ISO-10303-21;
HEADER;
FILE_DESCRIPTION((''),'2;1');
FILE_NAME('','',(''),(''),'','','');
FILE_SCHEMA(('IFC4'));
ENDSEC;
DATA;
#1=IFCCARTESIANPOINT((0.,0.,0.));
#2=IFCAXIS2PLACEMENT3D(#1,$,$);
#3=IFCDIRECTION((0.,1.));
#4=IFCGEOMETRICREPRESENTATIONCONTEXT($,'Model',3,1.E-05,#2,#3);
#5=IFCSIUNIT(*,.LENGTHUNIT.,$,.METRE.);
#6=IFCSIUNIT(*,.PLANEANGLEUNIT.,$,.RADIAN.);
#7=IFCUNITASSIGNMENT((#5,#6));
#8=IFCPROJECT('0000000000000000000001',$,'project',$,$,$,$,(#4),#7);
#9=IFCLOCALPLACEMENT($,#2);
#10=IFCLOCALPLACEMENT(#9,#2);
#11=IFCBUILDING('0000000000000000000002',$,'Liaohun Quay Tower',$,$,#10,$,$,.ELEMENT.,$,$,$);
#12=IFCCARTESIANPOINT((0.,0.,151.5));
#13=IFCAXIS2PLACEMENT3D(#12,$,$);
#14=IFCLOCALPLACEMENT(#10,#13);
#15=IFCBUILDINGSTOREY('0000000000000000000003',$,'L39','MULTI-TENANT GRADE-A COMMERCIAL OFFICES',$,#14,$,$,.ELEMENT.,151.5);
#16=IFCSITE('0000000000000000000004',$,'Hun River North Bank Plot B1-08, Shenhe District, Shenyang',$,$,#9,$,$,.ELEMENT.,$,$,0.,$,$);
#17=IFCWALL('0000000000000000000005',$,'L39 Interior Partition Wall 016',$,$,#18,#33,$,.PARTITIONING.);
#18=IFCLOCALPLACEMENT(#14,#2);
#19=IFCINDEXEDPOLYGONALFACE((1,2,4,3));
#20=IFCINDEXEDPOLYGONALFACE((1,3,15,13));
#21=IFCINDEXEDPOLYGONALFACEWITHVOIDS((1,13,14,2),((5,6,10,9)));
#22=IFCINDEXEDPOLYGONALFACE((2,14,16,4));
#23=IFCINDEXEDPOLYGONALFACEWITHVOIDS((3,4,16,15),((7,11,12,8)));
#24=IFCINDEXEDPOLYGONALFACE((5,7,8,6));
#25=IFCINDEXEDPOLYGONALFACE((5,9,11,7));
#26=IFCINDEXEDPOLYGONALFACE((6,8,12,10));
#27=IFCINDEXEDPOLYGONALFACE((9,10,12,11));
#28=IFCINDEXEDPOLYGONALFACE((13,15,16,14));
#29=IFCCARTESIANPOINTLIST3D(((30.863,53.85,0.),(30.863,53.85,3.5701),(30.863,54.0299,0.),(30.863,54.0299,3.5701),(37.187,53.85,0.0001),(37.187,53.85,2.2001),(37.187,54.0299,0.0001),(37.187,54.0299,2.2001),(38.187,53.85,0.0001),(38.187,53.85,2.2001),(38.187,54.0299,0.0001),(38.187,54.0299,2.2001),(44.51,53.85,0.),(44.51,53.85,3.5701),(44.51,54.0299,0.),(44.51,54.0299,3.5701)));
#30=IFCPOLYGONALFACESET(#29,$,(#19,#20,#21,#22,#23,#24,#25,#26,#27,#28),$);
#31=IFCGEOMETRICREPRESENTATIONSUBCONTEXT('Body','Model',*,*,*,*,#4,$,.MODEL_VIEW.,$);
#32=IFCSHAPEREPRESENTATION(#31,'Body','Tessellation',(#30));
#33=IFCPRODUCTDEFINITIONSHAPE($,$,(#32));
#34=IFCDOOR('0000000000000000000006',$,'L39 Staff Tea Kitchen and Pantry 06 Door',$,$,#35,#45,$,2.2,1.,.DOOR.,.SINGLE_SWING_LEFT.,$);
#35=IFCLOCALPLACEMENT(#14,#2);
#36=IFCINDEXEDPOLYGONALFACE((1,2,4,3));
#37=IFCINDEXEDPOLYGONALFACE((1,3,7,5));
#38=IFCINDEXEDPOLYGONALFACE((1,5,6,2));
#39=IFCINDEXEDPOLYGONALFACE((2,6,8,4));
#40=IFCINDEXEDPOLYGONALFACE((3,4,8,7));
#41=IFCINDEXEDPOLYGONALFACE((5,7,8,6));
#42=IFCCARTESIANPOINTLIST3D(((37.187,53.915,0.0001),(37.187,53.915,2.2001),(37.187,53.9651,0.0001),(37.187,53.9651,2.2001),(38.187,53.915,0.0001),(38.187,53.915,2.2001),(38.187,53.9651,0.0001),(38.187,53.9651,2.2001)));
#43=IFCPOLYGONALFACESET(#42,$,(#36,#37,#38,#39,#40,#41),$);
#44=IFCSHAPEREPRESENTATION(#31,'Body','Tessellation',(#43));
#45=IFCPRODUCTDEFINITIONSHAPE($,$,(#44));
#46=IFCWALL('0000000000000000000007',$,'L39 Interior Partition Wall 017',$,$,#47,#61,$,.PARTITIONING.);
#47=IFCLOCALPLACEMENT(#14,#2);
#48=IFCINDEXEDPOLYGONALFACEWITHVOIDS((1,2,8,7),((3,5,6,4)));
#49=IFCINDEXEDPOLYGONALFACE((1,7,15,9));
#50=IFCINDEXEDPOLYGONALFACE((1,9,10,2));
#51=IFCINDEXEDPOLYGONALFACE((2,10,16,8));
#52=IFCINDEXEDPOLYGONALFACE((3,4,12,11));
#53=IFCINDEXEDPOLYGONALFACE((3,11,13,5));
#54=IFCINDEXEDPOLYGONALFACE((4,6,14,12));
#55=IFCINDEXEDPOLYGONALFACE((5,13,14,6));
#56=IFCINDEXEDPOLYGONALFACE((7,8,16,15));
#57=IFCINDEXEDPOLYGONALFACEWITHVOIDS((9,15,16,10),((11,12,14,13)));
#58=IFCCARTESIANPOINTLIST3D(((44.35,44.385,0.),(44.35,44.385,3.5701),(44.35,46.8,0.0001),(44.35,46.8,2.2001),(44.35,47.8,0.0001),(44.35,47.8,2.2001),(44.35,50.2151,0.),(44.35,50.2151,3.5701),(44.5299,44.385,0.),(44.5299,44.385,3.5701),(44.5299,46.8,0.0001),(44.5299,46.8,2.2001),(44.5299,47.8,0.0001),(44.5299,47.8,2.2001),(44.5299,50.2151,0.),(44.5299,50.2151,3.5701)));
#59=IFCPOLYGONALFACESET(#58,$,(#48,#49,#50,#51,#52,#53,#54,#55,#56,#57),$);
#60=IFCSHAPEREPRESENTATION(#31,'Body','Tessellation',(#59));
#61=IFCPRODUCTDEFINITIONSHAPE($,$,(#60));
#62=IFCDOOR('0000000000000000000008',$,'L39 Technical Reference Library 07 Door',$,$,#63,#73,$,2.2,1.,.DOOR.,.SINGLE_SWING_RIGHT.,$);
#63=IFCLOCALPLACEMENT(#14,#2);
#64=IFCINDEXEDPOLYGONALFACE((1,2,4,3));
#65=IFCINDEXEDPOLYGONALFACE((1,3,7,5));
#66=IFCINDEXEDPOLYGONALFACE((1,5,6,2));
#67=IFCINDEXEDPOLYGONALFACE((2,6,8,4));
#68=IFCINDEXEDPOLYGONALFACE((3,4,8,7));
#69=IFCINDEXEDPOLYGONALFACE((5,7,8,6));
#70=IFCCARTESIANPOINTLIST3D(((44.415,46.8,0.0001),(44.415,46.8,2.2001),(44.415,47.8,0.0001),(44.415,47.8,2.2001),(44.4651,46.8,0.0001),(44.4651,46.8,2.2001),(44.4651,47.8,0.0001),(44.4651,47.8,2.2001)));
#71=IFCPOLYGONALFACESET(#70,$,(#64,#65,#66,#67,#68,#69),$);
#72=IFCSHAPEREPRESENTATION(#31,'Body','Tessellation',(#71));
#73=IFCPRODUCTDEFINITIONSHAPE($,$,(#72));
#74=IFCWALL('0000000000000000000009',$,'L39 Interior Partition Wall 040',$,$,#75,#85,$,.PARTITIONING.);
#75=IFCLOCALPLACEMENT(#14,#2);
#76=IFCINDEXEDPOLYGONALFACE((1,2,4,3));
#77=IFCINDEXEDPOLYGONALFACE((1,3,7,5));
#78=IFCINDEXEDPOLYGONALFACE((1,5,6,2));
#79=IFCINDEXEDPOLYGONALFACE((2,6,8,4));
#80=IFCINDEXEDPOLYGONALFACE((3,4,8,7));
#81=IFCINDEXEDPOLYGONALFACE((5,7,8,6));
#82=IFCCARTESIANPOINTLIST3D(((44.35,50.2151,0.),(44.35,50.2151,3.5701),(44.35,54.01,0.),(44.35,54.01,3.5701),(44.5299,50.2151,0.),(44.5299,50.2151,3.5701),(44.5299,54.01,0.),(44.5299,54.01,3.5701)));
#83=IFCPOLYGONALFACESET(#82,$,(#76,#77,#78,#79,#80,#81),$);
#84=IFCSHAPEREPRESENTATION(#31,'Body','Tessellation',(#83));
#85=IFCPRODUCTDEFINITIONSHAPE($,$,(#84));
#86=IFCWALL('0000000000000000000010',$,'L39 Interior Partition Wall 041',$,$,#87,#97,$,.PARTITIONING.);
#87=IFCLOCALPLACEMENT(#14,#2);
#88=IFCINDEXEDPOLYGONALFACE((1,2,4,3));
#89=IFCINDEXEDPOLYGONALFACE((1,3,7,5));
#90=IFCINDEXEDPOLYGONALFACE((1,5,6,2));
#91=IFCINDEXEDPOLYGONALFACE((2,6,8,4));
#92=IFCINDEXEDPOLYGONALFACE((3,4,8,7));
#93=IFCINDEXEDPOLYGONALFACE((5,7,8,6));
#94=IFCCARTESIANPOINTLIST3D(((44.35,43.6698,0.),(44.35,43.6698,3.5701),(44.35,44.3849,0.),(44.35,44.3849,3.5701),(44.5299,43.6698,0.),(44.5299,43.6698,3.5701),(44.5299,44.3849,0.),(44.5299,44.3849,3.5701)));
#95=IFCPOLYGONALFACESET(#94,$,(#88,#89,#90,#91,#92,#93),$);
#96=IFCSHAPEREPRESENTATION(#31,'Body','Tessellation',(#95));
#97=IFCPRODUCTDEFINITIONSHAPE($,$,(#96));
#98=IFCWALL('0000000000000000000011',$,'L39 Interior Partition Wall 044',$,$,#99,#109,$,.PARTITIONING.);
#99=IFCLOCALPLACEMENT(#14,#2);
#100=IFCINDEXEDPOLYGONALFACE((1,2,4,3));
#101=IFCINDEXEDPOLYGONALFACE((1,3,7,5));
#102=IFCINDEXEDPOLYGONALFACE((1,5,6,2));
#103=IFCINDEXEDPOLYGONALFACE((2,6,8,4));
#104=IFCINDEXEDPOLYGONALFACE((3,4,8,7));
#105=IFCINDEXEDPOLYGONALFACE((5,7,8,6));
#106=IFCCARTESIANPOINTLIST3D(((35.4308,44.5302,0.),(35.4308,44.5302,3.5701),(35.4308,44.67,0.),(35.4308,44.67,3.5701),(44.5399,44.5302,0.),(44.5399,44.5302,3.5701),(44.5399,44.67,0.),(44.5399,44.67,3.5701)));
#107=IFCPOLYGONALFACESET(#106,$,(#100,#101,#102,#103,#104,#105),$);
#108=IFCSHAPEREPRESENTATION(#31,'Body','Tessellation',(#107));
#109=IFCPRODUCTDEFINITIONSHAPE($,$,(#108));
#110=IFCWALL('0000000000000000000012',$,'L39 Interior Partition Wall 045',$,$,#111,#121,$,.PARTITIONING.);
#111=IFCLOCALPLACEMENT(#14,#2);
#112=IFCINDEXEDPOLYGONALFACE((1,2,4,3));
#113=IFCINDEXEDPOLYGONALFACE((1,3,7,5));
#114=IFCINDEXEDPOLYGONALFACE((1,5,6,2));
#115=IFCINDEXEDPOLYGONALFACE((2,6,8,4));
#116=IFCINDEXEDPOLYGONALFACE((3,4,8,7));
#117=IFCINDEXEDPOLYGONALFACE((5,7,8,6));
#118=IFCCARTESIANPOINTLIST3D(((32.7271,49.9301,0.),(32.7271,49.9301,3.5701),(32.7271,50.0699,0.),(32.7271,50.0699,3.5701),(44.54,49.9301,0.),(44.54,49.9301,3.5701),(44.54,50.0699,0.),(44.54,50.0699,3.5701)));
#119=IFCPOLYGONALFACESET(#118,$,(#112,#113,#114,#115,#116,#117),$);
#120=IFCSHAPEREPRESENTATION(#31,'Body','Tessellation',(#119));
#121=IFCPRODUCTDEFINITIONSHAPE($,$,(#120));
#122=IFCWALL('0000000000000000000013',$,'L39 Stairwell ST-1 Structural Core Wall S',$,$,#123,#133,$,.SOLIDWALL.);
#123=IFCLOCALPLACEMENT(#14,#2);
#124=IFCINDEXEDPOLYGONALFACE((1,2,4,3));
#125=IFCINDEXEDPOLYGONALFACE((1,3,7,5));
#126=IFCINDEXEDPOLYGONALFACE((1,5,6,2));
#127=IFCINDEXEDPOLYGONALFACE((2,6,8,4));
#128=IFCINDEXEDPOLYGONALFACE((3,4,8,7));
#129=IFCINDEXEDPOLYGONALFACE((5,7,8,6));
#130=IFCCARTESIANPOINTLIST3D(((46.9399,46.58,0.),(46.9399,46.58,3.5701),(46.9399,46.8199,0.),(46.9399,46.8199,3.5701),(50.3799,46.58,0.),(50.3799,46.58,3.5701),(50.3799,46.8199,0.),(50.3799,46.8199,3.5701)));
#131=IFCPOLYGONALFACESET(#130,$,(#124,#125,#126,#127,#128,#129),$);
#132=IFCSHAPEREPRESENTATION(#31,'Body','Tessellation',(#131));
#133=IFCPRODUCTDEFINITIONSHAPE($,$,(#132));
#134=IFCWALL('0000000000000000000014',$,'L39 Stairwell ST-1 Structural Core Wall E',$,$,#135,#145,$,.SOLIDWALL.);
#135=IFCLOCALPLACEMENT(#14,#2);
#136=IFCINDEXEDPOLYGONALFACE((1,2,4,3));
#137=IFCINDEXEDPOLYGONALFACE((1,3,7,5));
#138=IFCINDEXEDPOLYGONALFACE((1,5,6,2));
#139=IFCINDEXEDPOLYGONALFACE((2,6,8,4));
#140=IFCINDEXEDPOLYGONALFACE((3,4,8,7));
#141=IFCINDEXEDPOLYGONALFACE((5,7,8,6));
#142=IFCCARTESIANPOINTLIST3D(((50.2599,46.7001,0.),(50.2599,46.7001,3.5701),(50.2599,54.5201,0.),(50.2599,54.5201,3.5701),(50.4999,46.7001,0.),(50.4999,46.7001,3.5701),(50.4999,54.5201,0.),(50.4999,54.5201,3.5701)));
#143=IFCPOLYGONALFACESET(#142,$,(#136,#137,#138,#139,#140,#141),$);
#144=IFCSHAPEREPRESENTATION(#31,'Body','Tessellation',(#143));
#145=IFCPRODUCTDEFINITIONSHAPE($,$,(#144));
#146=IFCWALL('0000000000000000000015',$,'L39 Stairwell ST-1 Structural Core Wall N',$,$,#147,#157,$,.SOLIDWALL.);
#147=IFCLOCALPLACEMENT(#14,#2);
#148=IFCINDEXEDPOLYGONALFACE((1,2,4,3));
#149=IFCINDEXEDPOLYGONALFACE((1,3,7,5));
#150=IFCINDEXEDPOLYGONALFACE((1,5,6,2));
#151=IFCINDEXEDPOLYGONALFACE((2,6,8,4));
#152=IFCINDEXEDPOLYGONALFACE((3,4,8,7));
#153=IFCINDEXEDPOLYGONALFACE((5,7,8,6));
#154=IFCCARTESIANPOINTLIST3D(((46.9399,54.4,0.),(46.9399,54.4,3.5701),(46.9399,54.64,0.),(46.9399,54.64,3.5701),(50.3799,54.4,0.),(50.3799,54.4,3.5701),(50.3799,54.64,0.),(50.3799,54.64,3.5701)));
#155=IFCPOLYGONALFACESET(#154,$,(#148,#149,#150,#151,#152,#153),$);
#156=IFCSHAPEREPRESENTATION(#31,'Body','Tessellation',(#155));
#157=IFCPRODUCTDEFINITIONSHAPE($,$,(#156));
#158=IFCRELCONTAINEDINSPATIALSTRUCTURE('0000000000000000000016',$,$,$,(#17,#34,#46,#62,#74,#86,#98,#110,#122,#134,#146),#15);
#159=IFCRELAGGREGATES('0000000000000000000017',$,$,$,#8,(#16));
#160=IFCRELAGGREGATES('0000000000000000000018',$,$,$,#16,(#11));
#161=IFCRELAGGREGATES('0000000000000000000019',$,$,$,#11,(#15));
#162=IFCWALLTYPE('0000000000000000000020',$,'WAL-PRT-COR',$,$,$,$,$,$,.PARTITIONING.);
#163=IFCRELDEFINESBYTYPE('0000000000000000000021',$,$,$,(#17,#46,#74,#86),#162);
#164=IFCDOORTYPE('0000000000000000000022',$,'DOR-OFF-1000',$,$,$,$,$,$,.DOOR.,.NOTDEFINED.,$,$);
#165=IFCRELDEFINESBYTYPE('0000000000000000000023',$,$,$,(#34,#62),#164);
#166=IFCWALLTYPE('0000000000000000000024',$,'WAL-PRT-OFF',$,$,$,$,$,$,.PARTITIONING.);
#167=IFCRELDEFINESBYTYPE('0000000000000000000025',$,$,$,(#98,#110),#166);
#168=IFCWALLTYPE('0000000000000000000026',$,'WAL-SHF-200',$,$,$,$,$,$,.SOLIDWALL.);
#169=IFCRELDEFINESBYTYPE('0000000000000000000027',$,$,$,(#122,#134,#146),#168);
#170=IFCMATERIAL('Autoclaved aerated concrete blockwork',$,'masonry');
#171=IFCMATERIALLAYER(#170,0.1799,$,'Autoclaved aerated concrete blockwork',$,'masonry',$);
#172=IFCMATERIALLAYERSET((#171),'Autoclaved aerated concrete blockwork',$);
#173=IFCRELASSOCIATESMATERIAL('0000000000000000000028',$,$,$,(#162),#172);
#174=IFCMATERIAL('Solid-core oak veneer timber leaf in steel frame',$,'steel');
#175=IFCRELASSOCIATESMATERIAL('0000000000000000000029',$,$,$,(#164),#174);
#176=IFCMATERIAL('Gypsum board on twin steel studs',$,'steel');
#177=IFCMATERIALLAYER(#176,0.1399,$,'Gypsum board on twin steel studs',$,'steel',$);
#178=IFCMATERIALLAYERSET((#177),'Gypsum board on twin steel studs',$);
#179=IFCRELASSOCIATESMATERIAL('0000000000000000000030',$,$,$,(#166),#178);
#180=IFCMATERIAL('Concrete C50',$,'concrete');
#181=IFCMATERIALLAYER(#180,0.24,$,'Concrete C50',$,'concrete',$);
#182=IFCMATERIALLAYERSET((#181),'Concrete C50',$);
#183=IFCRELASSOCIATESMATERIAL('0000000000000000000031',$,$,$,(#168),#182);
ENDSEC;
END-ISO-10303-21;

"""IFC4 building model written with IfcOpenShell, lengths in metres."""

from ifc_helpers import new_model, si_unit, direction, frame, frame_2d, origin, place, context, subcontext, project, spatial, rectangle, extrude, source, transform, mapped, material, layer, layer_set, type_object, element, fill, save


model = new_model("IFC4")

# Units and contexts
model_context = context("Model", 3, precision=1e-05, world=origin(), true_north=direction((0.0, 1.0)))
body_context = subcontext(model_context, "Body", "Model", "MODEL_VIEW")
ifc_project = project(units=[si_unit("LENGTHUNIT", "METRE"), si_unit("PLANEANGLEUNIT", "RADIAN")], contexts=[model_context])

# Site, building, storey
site_placement = place(None, origin())
site = spatial("IfcSite", under=ifc_project, at=site_placement, Name="Hun River North Bank Plot B1-08, Shenhe District, Shenyang", CompositionType="ELEMENT", RefElevation=0.0)
building_placement = place(site_placement, origin())
building = spatial("IfcBuilding", under=site, at=building_placement, Name="Liaohun Quay Tower", CompositionType="ELEMENT")
storey_placement = place(building_placement, frame((0.0, 0.0, 151.5)))
storey = spatial("IfcBuildingStorey", under=building, at=storey_placement, Name="L39", Description="MULTI-TENANT GRADE-A COMMERCIAL OFFICES", CompositionType="ELEMENT", Elevation=151.5)

# Walls, openings, doors
ifc_material_1 = material(Name="Autoclaved aerated concrete blockwork", Category="masonry")
ifc_layer_1 = layer(ifc_material_1, 0.1799, Name="Autoclaved aerated concrete blockwork", Category="masonry")
ifc_layer_set_1 = layer_set([ifc_layer_1], Name="Autoclaved aerated concrete blockwork")
wall_type_1 = type_object("IfcWallType", Name="WAL-PRT-COR", PredefinedType="PARTITIONING", material=ifc_layer_set_1)
wall_1_placement = place(storey_placement, frame((44.51, 53.9399, 0.0), z_axis=(0.0, 0.0, 1.0), x_axis=(-1.0, 0.0, 0.0)))
wall_1 = element("IfcWall", 1, at=wall_1_placement, inside=storey, type_object=wall_type_1, Name="L39 Interior Partition Wall 016", PredefinedType="PARTITIONING", context=body_context, shape_type="SweptSolid", body=[
    extrude(rectangle(XDim=13.647, YDim=0.1799, at=frame_2d((6.8235, 0.0))), origin(), (0.0, 0.0, 1.0), 3.5701),
])
shared_shape_1 = source(origin(), body_context, "Body", "SweptSolid", [
    extrude(rectangle(XDim=1.0, YDim=2.2, at=frame_2d((0.5, 1.1001))), frame((0.0, 0.0999, 0.0), z_axis=(0.0, -1.0, 0.0), x_axis=(1.0, 0.0, 0.0)), (0.0, 0.0, 1.0), 0.2),
])
opening_1_placement = place(wall_1_placement, frame((6.323, 0.0, 0.0)))
opening_1 = element("IfcOpeningElement", 2, at=opening_1_placement, cuts=wall_1, PredefinedType="OPENING", context=body_context, shape_type="MappedRepresentation", body=[
    mapped(shared_shape_1, transform((0.0, 0.0, 0.0), x_axis=(1.0, 0.0, 0.0), y_axis=(0.0, 1.0, 0.0), z_axis=(0.0, 0.0, 1.0), scale=1.0)),
])
ifc_material_2 = material(Name="Solid-core oak veneer timber leaf in steel frame", Category="steel")
door_type_1 = type_object("IfcDoorType", Name="DOR-OFF-1000", OperationType="NOTDEFINED", PredefinedType="DOOR", material=ifc_material_2)
shared_shape_2 = source(origin(), body_context, "Body", "SweptSolid", [
    extrude(rectangle(XDim=1.0, YDim=2.2, at=frame_2d((0.5, 1.1001))), frame((0.0, 0.0249, 0.0), z_axis=(0.0, -1.0, 0.0), x_axis=(1.0, 0.0, 0.0)), (0.0, 0.0, 1.0), 0.05),
])
door_1_placement = place(opening_1_placement, origin())
door_1 = element("IfcDoor", 3, at=door_1_placement, inside=storey, type_object=door_type_1, Name="L39 Staff Tea Kitchen and Pantry 06 Door", OperationType="SINGLE_SWING_LEFT", OverallHeight=2.2, OverallWidth=1.0, PredefinedType="DOOR", context=body_context, shape_type="MappedRepresentation", body=[
    mapped(shared_shape_2, transform((0.0, 0.0, 0.0), x_axis=(1.0, 0.0, 0.0), y_axis=(0.0, 1.0, 0.0), z_axis=(0.0, 0.0, 1.0), scale=1.0)),
])
fill(opening_1, door_1)
wall_2_placement = place(storey_placement, frame((44.4399, 44.385, 0.0), z_axis=(0.0, 0.0, 1.0), x_axis=(0.0, 1.0, 0.0)))
wall_2 = element("IfcWall", 4, at=wall_2_placement, inside=storey, type_object=wall_type_1, Name="L39 Interior Partition Wall 017", PredefinedType="PARTITIONING", context=body_context, shape_type="SweptSolid", body=[
    extrude(rectangle(XDim=5.8301, YDim=0.1799, at=frame_2d((2.915, 0.0))), origin(), (0.0, 0.0, 1.0), 3.5701),
])
opening_2_placement = place(wall_2_placement, frame((2.415, 0.0, 0.0)))
opening_2 = element("IfcOpeningElement", 5, at=opening_2_placement, cuts=wall_2, PredefinedType="OPENING", context=body_context, shape_type="MappedRepresentation", body=[
    mapped(shared_shape_1, transform((0.0, 0.0, 0.0), x_axis=(1.0, 0.0, 0.0), y_axis=(0.0, 1.0, 0.0), z_axis=(0.0, 0.0, 1.0), scale=1.0)),
])
door_2_placement = place(opening_2_placement, origin())
door_2 = element("IfcDoor", 6, at=door_2_placement, inside=storey, type_object=door_type_1, Name="L39 Technical Reference Library 07 Door", OperationType="SINGLE_SWING_RIGHT", OverallHeight=2.2, OverallWidth=1.0, PredefinedType="DOOR", context=body_context, shape_type="MappedRepresentation", body=[
    mapped(shared_shape_2, transform((0.0, 0.0, 0.0), x_axis=(1.0, 0.0, 0.0), y_axis=(0.0, 1.0, 0.0), z_axis=(0.0, 0.0, 1.0), scale=1.0)),
])
fill(opening_2, door_2)

# Walls
wall_3_placement = place(storey_placement, frame((44.4399, 50.2151, 0.0), z_axis=(0.0, 0.0, 1.0), x_axis=(0.0, 1.0, 0.0)))
element("IfcWall", 7, at=wall_3_placement, inside=storey, type_object=wall_type_1, Name="L39 Interior Partition Wall 040", PredefinedType="PARTITIONING", context=body_context, shape_type="SweptSolid", body=[
    extrude(rectangle(XDim=3.7949, YDim=0.1799, at=frame_2d((1.8975, 0.0))), origin(), (0.0, 0.0, 1.0), 3.5701),
])
wall_4_placement = place(storey_placement, frame((44.4399, 43.6699, 0.0), z_axis=(0.0, 0.0, 1.0), x_axis=(0.0, 1.0, 0.0)))
element("IfcWall", 8, at=wall_4_placement, inside=storey, type_object=wall_type_1, Name="L39 Interior Partition Wall 041", PredefinedType="PARTITIONING", context=body_context, shape_type="SweptSolid", body=[
    extrude(rectangle(XDim=0.7151, YDim=0.1799, at=frame_2d((0.3574, 0.0))), origin(), (0.0, 0.0, 1.0), 3.5701),
])
ifc_material_3 = material(Name="Gypsum board on twin steel studs", Category="steel")
ifc_layer_2 = layer(ifc_material_3, 0.1399, Name="Gypsum board on twin steel studs", Category="steel")
ifc_layer_set_2 = layer_set([ifc_layer_2], Name="Gypsum board on twin steel studs")
wall_type_2 = type_object("IfcWallType", Name="WAL-PRT-OFF", PredefinedType="PARTITIONING", material=ifc_layer_set_2)
wall_5_placement = place(storey_placement, frame((44.54, 44.6001, 0.0), z_axis=(0.0, 0.0, 1.0), x_axis=(-1.0, 0.0, 0.0)))
element("IfcWall", 9, at=wall_5_placement, inside=storey, type_object=wall_type_2, Name="L39 Interior Partition Wall 044", PredefinedType="PARTITIONING", context=body_context, shape_type="SweptSolid", body=[
    extrude(rectangle(XDim=9.1091, YDim=0.1399, at=frame_2d((4.5547, 0.0))), origin(), (0.0, 0.0, 1.0), 3.5701),
])
wall_6_placement = place(storey_placement, frame((44.54, 50.0, 0.0), z_axis=(0.0, 0.0, 1.0), x_axis=(-1.0, 0.0, 0.0)))
element("IfcWall", 10, at=wall_6_placement, inside=storey, type_object=wall_type_2, Name="L39 Interior Partition Wall 045", PredefinedType="PARTITIONING", context=body_context, shape_type="SweptSolid", body=[
    extrude(rectangle(XDim=11.813, YDim=0.1399, at=frame_2d((5.9065, 0.0))), origin(), (0.0, 0.0, 1.0), 3.5701),
])
ifc_material_4 = material(Name="Concrete C50", Category="concrete")
ifc_layer_3 = layer(ifc_material_4, 0.24, Name="Concrete C50", Category="concrete")
ifc_layer_set_3 = layer_set([ifc_layer_3], Name="Concrete C50")
wall_type_3 = type_object("IfcWallType", Name="WAL-SHF-200", PredefinedType="SOLIDWALL", material=ifc_layer_set_3)
wall_7_placement = place(storey_placement, frame((46.9399, 46.7, 0.0), z_axis=(0.0, 0.0, 1.0), x_axis=(1.0, 0.0, 0.0)))
element("IfcWall", 11, at=wall_7_placement, inside=storey, type_object=wall_type_3, Name="L39 Stairwell ST-1 Structural Core Wall S", PredefinedType="SOLIDWALL", context=body_context, shape_type="SweptSolid", body=[
    extrude(rectangle(XDim=3.4399, YDim=0.24, at=frame_2d((1.72, 0.0))), origin(), (0.0, 0.0, 1.0), 3.5701),
])
wall_8_placement = place(storey_placement, frame((50.3799, 46.7, 0.0), z_axis=(0.0, 0.0, 1.0), x_axis=(0.0, 1.0, 0.0)))
element("IfcWall", 12, at=wall_8_placement, inside=storey, type_object=wall_type_3, Name="L39 Stairwell ST-1 Structural Core Wall E", PredefinedType="SOLIDWALL", context=body_context, shape_type="SweptSolid", body=[
    extrude(rectangle(XDim=7.8201, YDim=0.24, at=frame_2d((3.9102, 0.0))), origin(), (0.0, 0.0, 1.0), 3.5701),
])
wall_9_placement = place(storey_placement, frame((50.3799, 54.52, 0.0), z_axis=(0.0, 0.0, 1.0), x_axis=(-1.0, 0.0, 0.0)))
element("IfcWall", 13, at=wall_9_placement, inside=storey, type_object=wall_type_3, Name="L39 Stairwell ST-1 Structural Core Wall N", PredefinedType="SOLIDWALL", context=body_context, shape_type="SweptSolid", body=[
    extrude(rectangle(XDim=3.4399, YDim=0.24, at=frame_2d((1.72, 0.0))), origin(), (0.0, 0.0, 1.0), 3.5701),
])

save(model, "model.ifc")
